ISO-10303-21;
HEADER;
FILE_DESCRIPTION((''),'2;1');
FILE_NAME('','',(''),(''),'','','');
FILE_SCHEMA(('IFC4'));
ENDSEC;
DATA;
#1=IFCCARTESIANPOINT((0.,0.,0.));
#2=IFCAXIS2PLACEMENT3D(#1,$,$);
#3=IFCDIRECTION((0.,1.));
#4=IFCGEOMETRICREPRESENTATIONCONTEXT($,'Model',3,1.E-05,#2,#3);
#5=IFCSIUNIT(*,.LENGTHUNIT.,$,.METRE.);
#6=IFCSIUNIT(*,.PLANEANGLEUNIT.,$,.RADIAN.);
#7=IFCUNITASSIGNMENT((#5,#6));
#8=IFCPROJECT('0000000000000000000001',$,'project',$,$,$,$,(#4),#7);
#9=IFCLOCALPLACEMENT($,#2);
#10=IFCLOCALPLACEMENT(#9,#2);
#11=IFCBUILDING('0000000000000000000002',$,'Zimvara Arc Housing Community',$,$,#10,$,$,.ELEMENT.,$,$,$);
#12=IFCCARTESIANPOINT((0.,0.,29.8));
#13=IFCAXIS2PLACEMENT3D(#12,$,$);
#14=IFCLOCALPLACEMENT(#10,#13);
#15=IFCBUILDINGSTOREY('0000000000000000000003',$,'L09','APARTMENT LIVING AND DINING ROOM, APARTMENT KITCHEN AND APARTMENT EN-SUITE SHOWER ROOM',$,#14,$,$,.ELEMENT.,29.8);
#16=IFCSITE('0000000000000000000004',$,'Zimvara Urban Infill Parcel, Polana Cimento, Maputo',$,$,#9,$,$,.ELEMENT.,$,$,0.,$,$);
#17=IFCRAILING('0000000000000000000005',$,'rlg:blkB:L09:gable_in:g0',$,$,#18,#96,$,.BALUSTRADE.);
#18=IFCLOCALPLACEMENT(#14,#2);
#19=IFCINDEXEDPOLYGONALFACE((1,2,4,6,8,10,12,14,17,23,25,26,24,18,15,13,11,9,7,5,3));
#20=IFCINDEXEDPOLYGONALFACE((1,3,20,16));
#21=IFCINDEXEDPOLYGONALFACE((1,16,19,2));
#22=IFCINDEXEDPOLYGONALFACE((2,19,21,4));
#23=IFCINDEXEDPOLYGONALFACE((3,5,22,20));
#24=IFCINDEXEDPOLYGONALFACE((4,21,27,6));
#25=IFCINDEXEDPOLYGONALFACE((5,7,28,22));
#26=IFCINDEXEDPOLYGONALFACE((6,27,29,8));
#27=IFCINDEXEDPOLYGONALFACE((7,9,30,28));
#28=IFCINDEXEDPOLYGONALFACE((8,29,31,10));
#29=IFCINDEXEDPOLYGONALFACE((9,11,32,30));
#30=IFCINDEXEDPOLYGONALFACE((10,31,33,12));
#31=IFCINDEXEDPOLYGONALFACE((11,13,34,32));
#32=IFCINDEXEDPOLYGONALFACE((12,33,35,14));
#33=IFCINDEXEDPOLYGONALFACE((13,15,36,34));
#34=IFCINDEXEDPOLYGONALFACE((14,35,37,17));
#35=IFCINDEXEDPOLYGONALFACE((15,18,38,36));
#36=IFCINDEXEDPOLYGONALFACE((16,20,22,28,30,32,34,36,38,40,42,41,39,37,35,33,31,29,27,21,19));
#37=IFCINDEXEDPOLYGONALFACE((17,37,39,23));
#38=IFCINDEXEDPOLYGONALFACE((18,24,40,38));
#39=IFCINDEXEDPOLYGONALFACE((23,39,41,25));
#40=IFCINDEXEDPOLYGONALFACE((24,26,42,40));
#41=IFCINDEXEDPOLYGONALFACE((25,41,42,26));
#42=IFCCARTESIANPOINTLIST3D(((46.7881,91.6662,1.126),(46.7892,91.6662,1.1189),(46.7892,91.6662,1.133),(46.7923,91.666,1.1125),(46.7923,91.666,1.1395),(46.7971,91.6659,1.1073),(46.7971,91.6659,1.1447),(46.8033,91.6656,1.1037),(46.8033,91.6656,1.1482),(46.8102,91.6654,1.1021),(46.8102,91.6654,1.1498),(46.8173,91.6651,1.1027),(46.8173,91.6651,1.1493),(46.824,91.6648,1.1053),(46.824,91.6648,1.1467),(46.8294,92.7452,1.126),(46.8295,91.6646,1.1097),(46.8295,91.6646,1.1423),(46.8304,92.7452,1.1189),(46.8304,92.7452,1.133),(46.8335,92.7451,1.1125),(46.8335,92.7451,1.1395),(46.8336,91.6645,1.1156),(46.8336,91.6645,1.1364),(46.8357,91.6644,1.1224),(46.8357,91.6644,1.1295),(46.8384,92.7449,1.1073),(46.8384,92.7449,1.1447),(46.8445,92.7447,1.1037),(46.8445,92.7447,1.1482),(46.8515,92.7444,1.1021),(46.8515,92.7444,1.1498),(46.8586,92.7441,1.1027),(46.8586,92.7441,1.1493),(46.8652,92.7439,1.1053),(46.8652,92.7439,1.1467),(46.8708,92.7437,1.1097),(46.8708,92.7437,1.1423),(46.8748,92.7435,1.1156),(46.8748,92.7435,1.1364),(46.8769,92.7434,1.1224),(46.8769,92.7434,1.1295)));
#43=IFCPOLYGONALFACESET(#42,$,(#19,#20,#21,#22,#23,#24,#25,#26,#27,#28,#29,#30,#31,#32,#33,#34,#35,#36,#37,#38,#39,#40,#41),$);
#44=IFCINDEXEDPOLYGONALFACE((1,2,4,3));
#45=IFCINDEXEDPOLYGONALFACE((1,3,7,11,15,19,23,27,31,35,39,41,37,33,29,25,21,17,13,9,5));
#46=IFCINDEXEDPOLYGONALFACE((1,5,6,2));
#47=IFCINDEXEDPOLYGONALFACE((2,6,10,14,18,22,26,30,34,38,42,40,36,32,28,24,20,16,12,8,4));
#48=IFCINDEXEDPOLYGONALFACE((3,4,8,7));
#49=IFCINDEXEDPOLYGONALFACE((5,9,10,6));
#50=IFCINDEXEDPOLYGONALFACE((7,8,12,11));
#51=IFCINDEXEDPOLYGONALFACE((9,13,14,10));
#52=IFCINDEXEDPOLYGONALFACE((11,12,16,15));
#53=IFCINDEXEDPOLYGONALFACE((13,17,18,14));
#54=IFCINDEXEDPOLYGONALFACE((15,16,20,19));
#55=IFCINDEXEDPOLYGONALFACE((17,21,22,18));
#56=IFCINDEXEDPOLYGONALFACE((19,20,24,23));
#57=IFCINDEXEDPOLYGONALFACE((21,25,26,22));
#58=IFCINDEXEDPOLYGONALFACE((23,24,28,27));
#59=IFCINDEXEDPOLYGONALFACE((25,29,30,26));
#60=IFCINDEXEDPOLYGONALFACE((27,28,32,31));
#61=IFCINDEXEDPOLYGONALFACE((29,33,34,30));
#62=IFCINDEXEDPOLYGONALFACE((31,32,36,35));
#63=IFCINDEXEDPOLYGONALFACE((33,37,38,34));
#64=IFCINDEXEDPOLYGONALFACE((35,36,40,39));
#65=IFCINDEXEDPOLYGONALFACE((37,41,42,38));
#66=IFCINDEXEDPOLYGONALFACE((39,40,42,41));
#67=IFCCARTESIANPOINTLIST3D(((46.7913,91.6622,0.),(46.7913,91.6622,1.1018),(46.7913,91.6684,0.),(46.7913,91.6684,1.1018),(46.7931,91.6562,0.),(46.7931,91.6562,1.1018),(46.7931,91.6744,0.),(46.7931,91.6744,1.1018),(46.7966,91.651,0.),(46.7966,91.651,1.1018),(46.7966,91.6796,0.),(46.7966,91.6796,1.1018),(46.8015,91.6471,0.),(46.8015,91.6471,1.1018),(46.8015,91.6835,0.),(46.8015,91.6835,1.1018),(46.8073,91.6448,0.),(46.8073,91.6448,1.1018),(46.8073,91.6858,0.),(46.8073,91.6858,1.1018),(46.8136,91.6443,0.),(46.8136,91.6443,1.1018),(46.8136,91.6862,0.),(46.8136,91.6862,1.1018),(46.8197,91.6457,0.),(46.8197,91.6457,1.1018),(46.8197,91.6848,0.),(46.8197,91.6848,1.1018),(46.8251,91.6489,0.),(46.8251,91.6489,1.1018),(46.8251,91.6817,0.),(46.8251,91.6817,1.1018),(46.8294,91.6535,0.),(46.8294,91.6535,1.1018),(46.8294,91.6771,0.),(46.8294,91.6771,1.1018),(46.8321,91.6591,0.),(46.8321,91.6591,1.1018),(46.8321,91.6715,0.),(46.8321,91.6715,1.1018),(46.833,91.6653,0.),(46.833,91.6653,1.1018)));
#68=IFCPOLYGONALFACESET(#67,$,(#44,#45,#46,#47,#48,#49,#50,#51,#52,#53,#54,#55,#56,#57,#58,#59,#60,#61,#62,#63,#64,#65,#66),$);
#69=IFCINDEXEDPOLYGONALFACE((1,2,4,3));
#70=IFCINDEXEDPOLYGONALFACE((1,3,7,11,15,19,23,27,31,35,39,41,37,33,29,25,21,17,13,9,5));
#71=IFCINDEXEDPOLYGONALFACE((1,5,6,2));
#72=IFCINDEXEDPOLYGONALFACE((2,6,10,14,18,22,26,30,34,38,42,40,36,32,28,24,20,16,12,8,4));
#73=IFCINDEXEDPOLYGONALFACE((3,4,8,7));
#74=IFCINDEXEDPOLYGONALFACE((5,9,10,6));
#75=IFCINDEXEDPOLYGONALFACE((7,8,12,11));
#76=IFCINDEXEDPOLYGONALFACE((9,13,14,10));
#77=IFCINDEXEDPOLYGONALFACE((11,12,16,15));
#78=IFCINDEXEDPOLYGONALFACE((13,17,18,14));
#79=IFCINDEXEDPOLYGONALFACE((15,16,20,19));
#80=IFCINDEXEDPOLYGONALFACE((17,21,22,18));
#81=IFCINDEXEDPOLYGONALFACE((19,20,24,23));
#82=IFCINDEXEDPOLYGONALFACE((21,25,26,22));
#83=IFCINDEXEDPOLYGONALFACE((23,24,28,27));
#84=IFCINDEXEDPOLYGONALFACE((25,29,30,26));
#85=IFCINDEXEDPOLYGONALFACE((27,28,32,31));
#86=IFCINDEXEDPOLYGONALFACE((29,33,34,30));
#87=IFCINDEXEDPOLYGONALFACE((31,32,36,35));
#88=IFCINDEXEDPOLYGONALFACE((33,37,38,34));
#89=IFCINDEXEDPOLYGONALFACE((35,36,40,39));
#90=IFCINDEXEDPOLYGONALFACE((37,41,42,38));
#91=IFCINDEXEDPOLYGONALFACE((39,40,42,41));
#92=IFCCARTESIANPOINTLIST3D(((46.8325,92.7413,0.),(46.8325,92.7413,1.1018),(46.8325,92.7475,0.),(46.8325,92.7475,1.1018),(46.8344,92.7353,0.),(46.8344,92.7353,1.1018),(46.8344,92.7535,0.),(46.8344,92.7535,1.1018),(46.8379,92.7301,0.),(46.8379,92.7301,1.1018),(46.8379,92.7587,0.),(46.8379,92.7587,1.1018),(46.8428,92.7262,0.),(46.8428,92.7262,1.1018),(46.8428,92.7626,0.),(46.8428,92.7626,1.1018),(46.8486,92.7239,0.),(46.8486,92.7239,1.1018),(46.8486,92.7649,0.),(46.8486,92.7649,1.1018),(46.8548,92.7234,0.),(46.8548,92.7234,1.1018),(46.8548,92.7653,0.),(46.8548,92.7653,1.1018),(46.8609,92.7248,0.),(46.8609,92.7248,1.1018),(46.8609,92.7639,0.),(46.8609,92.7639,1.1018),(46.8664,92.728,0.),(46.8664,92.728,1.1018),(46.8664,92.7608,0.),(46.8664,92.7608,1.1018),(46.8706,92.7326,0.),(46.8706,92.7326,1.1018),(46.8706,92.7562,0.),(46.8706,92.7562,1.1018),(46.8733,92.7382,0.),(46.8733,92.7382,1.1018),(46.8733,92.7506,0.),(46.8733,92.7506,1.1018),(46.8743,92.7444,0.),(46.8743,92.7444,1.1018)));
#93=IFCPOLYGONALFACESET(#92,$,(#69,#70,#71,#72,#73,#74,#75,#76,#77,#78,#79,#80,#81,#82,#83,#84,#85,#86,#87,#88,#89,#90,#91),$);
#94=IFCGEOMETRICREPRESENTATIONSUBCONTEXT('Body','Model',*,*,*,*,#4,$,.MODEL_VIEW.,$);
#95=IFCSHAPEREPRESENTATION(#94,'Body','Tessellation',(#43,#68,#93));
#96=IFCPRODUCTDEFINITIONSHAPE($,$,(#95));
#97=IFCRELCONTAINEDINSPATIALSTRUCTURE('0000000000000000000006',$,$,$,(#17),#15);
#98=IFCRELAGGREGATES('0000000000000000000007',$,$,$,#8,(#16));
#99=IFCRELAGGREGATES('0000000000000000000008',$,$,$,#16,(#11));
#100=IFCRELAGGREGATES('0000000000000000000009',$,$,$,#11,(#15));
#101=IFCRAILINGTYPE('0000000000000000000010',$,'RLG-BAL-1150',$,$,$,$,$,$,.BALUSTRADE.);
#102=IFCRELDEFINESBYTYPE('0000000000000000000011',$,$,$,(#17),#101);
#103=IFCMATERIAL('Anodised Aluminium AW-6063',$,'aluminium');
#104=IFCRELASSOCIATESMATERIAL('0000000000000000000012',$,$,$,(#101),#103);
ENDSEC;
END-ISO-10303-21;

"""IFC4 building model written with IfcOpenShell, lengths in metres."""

from ifc_helpers import new_model, si_unit, direction, frame, origin, origin_2d, place, context, subcontext, project, spatial, circle, extrude, material, type_object, element, save


model = new_model("IFC4")

# Units and contexts
model_context = context("Model", 3, precision=1e-05, world=origin(), true_north=direction((0.0, 1.0)))
body_context = subcontext(model_context, "Body", "Model", "MODEL_VIEW")
ifc_project = project(units=[si_unit("LENGTHUNIT", "METRE"), si_unit("PLANEANGLEUNIT", "RADIAN")], contexts=[model_context])

# Site, building, storey
site_placement = place(None, origin())
site = spatial("IfcSite", under=ifc_project, at=site_placement, Name="Zimvara Urban Infill Parcel, Polana Cimento, Maputo", CompositionType="ELEMENT", RefElevation=0.0)
building_placement = place(site_placement, origin())
building = spatial("IfcBuilding", under=site, at=building_placement, Name="Zimvara Arc Housing Community", CompositionType="ELEMENT")
storey_placement = place(building_placement, frame((0.0, 0.0, 29.8)))
storey = spatial("IfcBuildingStorey", under=building, at=storey_placement, Name="L09", Description="APARTMENT LIVING AND DINING ROOM, APARTMENT KITCHEN AND APARTMENT EN-SUITE SHOWER ROOM", CompositionType="ELEMENT", Elevation=29.8)

# Railing
ifc_material_1 = material(Name="Anodised Aluminium AW-6063", Category="aluminium")
railing_type_1 = type_object("IfcRailingType", Name="RLG-BAL-1150", PredefinedType="BALUSTRADE", material=ifc_material_1)
railing_1_placement = place(storey_placement, frame((46.812, 91.6653, 0.0)))
element("IfcRailing", 1, at=railing_1_placement, inside=storey, type_object=railing_type_1, Name="rlg:blkB:L09:gable_in:g0", PredefinedType="BALUSTRADE", context=body_context, shape_type="SweptSolid", body=[
    extrude(circle(Radius=0.0239, at=origin_2d()), frame((0.0, 0.0, 1.126), z_axis=(0.038207, 0.99927, 0.0), x_axis=(-0.99927, 0.038207, 0.0)), (0.0, 0.0, 1.0), 1.0798),
    extrude(circle(Radius=0.021, at=origin_2d()), origin(), (0.0, 0.0, 1.0), 1.1018),
    extrude(circle(Radius=0.021, at=origin_2d()), frame((0.0413, 1.0791, 0.0)), (0.0, 0.0, 1.0), 1.1018),
])

save(model, "model.ifc")
